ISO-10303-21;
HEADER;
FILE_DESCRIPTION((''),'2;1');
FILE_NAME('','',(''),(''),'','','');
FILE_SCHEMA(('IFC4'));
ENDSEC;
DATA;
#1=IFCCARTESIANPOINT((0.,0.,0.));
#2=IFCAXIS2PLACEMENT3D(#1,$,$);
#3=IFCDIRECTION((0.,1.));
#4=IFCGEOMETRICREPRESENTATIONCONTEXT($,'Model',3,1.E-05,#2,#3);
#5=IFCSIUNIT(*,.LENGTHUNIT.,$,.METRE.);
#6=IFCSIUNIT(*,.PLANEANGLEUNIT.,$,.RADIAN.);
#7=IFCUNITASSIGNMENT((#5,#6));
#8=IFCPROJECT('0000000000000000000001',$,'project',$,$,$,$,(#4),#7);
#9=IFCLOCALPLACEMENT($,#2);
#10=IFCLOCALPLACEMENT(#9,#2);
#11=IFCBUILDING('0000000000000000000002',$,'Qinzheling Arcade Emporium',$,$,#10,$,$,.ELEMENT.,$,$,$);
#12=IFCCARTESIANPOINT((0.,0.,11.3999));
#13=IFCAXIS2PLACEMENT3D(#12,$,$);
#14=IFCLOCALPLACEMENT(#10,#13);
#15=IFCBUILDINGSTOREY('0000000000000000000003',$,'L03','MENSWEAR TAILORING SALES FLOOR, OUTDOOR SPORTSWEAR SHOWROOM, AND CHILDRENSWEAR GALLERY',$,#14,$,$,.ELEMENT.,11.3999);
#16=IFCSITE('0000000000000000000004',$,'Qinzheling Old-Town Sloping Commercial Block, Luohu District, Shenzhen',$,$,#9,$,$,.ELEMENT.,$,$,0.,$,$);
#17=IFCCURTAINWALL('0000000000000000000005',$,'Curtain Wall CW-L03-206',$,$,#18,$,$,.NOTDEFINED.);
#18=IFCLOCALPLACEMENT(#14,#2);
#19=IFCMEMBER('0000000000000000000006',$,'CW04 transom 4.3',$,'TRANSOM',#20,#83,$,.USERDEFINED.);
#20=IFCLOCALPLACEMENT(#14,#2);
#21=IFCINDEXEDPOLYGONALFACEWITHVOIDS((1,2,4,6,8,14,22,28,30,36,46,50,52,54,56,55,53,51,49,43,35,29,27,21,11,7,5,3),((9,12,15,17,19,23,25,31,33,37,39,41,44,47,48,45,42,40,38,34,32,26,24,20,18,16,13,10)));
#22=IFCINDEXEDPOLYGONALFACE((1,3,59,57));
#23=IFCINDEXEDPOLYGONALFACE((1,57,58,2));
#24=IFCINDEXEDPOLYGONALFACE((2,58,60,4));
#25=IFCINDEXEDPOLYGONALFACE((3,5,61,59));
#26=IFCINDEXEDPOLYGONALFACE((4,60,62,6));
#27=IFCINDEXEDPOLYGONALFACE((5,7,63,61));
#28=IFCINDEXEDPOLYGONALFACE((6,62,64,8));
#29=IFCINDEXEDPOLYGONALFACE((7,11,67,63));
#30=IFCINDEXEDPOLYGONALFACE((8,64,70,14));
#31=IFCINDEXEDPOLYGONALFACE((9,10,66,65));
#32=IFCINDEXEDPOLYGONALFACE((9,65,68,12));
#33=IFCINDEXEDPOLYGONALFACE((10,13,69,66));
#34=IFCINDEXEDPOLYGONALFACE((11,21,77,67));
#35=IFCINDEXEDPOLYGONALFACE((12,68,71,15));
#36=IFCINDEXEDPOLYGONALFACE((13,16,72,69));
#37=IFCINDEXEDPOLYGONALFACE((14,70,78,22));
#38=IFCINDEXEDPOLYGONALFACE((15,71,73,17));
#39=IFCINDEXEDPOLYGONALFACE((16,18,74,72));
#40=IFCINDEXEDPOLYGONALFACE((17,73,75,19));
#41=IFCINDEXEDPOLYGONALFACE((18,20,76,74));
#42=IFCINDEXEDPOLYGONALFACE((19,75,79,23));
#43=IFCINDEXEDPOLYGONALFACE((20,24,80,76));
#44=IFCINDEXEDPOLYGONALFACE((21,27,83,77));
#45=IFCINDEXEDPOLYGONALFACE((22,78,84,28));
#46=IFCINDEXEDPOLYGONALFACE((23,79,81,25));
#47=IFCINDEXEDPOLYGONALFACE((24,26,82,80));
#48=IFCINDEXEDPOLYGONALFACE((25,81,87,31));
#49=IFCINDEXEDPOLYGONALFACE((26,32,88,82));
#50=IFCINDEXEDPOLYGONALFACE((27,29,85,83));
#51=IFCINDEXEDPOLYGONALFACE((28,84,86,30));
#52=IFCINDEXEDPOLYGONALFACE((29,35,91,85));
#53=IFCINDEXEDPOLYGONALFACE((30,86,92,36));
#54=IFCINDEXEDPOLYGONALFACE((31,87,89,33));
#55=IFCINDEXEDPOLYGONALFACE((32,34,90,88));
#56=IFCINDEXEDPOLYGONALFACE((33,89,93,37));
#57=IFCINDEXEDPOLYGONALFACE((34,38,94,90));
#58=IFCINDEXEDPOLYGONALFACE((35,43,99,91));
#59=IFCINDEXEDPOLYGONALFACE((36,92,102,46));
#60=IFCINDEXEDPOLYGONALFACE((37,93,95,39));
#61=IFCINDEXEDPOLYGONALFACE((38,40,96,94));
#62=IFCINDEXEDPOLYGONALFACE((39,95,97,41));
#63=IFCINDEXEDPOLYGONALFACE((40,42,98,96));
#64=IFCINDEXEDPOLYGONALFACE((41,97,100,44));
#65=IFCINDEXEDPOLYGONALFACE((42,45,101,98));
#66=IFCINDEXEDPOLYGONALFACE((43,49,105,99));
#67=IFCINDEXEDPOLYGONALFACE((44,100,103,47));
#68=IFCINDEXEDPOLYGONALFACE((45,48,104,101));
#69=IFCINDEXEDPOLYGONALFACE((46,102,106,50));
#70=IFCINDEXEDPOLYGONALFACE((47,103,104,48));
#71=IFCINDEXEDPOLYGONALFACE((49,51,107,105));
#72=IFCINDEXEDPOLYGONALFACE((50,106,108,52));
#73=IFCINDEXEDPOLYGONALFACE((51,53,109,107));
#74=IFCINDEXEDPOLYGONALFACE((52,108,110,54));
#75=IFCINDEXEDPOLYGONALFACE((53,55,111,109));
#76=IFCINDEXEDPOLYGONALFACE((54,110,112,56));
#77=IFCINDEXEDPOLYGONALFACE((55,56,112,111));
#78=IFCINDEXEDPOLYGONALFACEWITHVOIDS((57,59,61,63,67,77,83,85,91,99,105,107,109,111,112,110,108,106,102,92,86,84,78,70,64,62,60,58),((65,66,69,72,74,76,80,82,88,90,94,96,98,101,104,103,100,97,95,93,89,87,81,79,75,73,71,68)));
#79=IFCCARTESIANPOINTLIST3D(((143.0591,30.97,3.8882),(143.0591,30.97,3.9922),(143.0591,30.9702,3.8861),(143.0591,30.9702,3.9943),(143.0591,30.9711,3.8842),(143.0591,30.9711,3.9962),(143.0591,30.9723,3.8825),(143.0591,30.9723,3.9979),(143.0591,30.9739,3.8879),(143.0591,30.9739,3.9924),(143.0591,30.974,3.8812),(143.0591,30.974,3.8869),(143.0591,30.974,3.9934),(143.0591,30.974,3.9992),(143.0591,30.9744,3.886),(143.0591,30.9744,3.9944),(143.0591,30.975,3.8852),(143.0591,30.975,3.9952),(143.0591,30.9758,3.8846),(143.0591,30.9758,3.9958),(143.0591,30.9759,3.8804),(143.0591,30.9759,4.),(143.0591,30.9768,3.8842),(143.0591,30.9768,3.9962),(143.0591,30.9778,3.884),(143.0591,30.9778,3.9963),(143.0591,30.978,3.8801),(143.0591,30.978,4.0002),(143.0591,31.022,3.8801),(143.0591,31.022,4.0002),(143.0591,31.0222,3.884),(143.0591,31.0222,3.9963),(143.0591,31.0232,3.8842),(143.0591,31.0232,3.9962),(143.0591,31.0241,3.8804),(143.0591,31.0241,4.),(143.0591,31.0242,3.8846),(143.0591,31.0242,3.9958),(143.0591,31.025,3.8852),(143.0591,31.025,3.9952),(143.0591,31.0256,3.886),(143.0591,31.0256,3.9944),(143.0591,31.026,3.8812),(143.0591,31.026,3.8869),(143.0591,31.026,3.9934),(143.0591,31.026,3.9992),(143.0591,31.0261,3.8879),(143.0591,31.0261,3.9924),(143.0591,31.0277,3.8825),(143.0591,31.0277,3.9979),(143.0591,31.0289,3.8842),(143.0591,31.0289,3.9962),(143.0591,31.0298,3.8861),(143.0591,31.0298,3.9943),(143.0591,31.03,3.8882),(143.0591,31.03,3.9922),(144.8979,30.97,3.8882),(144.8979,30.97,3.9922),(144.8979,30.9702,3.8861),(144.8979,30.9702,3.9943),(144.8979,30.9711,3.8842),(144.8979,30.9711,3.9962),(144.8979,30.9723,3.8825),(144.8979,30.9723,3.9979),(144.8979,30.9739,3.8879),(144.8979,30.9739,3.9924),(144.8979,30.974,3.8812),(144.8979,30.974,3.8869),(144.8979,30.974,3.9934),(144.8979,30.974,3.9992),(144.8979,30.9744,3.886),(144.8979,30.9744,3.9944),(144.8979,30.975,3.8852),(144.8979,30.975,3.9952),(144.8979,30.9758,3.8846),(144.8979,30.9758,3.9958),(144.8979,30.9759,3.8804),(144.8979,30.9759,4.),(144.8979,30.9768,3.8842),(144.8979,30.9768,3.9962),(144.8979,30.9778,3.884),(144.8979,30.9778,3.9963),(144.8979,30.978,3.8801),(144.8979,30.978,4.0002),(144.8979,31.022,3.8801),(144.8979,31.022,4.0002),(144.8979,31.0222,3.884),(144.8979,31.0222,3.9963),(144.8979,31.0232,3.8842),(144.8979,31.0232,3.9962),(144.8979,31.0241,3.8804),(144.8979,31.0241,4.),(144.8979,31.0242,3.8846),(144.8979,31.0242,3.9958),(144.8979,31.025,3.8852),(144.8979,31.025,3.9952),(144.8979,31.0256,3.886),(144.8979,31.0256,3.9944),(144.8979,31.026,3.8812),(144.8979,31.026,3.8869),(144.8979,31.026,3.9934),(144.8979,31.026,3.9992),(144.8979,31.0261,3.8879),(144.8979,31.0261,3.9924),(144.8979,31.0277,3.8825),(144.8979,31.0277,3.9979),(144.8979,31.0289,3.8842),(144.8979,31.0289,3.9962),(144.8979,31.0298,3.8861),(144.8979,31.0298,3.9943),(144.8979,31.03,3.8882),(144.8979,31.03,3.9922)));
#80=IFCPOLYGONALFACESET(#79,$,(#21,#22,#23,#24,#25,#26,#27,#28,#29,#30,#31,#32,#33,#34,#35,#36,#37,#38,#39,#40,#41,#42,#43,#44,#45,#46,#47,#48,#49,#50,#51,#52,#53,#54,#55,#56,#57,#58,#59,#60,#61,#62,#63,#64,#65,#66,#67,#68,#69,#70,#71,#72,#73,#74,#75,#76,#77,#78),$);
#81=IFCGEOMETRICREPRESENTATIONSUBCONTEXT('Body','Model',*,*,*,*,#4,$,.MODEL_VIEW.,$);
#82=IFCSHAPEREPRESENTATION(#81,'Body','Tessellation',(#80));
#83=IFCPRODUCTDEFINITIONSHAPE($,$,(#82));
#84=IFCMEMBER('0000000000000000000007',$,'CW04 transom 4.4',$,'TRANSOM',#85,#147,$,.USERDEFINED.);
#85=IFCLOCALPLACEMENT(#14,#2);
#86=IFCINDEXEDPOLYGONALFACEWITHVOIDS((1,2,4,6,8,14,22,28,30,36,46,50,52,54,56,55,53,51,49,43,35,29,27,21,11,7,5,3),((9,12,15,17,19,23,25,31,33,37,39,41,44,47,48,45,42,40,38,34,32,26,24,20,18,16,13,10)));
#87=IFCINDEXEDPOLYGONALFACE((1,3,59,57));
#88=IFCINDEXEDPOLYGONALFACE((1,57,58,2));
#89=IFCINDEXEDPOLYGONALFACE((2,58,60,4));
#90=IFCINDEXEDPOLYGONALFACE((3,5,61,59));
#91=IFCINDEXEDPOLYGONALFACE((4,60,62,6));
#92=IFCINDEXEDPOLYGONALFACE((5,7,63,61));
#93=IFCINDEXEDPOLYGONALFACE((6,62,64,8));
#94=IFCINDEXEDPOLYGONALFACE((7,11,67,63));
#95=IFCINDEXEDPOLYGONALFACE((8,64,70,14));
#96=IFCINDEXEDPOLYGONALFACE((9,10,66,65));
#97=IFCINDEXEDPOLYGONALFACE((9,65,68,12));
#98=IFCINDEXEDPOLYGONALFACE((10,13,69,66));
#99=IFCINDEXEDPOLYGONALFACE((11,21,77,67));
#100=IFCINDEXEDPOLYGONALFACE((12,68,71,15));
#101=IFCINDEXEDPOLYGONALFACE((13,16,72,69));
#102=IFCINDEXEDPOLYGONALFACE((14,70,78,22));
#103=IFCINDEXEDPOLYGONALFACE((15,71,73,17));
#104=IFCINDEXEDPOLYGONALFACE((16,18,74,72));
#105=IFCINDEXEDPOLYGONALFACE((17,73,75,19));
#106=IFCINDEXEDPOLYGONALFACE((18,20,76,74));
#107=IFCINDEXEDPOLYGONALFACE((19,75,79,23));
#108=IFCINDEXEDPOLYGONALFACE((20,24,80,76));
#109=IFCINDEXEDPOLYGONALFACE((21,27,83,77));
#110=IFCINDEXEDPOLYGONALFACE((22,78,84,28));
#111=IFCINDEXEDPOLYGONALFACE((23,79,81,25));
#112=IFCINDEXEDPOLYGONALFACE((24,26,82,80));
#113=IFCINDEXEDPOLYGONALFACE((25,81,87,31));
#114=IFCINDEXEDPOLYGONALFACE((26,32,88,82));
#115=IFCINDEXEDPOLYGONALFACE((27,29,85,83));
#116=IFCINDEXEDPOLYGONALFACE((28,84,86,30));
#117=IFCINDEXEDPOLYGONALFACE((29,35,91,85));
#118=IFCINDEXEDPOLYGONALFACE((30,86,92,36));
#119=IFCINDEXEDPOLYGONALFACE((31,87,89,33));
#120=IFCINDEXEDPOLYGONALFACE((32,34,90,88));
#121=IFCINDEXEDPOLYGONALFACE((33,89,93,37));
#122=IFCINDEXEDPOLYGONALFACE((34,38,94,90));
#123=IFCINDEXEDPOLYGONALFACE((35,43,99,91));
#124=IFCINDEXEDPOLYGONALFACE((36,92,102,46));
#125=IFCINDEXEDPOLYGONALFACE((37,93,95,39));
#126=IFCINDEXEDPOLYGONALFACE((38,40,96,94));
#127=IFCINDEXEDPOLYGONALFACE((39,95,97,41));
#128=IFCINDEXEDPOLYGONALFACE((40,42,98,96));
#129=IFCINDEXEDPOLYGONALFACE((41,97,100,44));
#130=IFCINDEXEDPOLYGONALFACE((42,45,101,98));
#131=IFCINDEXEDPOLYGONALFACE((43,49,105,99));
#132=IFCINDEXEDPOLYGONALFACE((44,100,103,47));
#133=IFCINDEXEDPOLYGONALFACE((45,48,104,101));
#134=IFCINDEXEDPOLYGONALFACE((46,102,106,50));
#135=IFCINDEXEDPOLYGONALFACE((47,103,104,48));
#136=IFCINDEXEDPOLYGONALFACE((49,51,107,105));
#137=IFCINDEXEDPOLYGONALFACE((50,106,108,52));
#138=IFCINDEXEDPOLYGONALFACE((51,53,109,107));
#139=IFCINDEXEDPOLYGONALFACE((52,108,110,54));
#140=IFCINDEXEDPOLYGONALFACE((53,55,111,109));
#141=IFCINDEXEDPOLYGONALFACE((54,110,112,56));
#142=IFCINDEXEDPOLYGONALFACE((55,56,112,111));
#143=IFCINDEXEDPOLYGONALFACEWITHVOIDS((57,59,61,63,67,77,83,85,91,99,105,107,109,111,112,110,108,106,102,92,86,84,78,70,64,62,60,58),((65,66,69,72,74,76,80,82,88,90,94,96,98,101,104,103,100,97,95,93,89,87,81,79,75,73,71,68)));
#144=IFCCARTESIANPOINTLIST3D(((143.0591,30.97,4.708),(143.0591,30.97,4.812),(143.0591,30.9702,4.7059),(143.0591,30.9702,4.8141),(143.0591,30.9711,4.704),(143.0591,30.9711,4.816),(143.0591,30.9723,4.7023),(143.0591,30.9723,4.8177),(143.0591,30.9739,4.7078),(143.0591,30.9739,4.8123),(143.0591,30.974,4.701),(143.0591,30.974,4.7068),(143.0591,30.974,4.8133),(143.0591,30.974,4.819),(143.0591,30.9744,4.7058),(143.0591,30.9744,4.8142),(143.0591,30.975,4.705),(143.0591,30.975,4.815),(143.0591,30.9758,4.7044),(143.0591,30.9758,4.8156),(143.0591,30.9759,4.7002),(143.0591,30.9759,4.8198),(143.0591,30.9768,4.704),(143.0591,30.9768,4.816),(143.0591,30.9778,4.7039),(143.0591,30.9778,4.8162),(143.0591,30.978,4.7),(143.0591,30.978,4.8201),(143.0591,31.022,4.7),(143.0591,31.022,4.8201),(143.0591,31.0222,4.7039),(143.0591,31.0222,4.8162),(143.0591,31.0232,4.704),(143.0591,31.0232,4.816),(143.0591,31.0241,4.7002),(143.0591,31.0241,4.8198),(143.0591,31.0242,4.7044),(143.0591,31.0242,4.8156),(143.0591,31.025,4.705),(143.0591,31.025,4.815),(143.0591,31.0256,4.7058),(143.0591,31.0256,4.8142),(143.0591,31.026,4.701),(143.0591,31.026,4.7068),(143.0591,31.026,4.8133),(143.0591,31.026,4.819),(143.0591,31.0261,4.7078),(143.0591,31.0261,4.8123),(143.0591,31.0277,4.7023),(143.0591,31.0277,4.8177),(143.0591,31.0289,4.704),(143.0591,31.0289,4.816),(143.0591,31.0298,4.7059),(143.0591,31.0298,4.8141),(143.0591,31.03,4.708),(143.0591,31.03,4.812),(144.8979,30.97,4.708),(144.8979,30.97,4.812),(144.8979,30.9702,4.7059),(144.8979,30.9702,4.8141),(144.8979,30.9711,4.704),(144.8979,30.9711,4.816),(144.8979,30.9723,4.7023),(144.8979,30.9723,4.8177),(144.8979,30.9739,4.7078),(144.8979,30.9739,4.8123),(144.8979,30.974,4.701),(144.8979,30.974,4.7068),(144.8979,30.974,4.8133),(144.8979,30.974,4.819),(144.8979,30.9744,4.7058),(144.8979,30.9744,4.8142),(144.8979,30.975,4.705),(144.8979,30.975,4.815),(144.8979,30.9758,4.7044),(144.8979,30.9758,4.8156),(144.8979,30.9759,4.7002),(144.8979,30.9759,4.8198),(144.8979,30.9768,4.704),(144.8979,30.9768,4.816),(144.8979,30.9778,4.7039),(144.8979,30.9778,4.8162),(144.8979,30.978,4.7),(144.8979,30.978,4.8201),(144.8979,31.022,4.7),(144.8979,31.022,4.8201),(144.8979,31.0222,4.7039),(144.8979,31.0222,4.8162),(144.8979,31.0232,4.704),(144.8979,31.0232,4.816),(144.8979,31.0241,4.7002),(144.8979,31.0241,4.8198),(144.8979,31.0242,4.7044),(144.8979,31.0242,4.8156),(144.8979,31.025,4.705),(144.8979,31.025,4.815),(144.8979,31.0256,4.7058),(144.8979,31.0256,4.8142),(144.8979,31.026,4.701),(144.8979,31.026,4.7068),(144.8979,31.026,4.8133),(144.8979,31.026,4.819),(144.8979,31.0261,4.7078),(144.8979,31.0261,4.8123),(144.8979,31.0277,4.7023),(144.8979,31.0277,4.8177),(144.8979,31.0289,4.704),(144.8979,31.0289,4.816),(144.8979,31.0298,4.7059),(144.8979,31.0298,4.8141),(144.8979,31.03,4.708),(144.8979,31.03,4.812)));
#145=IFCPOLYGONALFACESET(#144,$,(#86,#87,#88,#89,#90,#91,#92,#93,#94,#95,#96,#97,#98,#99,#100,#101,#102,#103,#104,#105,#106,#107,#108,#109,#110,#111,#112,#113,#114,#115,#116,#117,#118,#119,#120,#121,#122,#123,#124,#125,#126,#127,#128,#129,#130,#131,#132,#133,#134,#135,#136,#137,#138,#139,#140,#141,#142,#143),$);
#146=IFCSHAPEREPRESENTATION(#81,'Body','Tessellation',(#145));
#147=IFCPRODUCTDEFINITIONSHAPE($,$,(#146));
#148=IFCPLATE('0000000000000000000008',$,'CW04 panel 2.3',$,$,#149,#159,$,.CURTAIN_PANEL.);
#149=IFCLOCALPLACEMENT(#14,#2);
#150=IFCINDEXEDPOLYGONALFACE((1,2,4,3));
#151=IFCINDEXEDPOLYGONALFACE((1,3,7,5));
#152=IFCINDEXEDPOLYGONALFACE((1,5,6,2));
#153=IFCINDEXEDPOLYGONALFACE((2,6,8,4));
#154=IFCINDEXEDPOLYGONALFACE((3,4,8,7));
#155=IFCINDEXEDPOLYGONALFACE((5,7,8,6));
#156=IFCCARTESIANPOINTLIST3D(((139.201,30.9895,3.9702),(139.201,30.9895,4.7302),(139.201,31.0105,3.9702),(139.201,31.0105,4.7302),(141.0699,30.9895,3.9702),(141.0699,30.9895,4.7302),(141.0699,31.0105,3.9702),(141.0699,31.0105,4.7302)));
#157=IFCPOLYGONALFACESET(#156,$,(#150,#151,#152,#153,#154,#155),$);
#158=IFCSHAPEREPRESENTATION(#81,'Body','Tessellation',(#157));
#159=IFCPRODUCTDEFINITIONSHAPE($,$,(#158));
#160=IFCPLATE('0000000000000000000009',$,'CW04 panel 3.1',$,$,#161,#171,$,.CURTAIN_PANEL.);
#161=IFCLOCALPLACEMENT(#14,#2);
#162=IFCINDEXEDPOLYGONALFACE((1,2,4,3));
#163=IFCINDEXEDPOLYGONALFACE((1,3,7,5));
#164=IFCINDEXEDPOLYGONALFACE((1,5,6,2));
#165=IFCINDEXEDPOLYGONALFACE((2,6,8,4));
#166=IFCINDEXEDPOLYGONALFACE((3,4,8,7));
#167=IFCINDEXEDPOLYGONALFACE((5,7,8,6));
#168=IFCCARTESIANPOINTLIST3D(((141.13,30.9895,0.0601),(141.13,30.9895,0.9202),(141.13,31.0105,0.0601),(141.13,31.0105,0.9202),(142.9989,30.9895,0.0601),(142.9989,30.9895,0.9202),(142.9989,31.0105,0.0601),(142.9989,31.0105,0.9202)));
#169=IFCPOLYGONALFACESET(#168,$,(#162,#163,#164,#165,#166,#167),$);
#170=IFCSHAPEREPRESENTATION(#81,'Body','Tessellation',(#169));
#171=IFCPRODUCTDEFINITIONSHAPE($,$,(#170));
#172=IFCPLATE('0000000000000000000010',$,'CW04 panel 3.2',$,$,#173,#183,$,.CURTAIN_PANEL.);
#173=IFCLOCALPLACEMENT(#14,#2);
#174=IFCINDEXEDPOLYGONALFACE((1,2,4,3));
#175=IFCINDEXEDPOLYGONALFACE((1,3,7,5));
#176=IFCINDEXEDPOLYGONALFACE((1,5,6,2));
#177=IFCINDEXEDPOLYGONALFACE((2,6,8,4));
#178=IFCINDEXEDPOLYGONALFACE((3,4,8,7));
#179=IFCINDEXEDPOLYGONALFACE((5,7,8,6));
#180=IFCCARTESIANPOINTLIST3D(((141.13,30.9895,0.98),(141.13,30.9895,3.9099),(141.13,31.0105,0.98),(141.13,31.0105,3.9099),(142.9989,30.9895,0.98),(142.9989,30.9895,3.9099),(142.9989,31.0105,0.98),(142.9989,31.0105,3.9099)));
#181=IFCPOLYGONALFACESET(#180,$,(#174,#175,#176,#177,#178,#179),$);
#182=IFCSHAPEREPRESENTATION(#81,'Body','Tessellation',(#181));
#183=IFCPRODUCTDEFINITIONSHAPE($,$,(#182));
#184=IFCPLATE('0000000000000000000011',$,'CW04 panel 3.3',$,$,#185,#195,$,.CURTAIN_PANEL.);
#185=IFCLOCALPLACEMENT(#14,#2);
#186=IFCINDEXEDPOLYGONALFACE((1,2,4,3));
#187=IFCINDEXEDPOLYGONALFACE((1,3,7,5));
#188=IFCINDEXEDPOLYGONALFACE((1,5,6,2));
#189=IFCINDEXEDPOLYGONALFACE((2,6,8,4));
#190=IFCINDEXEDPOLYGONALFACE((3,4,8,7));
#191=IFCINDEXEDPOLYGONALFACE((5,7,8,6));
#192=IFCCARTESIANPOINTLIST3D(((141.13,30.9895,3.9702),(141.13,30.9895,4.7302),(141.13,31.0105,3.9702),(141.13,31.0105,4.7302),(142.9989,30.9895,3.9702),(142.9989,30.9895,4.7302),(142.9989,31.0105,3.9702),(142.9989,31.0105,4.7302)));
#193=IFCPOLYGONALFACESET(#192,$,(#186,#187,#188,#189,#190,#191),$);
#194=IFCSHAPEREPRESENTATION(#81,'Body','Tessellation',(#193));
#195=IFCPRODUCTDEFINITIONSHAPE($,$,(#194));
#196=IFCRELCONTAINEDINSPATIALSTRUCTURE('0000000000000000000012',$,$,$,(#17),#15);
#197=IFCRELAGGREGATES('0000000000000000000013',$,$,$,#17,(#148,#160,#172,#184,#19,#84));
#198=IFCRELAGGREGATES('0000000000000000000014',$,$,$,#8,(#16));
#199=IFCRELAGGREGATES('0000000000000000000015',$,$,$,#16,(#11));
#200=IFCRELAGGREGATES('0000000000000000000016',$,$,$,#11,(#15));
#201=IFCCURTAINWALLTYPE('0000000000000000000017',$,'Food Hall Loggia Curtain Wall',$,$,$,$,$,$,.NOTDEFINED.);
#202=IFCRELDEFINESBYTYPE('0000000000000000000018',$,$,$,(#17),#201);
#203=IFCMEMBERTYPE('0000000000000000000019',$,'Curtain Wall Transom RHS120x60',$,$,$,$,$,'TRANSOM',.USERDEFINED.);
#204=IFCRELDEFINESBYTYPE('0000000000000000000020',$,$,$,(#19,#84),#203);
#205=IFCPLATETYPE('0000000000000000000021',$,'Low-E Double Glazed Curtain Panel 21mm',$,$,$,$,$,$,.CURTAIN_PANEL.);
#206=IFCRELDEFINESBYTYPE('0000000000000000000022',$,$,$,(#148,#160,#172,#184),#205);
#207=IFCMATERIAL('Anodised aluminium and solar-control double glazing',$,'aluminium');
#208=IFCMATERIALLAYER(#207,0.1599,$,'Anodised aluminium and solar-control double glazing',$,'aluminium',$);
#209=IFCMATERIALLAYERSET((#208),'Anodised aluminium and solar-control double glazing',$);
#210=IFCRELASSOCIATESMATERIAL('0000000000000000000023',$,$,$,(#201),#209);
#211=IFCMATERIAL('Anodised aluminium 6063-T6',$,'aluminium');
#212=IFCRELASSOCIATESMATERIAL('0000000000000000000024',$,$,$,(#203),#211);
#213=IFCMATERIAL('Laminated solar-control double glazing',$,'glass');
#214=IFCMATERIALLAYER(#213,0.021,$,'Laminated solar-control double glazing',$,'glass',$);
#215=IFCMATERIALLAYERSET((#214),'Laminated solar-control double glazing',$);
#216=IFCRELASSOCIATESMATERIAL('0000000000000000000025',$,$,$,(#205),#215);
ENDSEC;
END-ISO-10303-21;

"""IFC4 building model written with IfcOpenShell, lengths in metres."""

from ifc_helpers import new_model, si_unit, direction, frame, origin, origin_2d, place, context, subcontext, project, spatial, rectangle, hollow_rectangle, extrude, material, layer, layer_set, material_profile, profile_set, type_object, element, aggregate, save


model = new_model("IFC4")

# Units and contexts
model_context = context("Model", 3, precision=1e-05, world=origin(), true_north=direction((0.0, 1.0)))
body_context = subcontext(model_context, "Body", "Model", "MODEL_VIEW")
ifc_project = project(units=[si_unit("LENGTHUNIT", "METRE"), si_unit("PLANEANGLEUNIT", "RADIAN")], contexts=[model_context])

# Site, building, storey
site_placement = place(None, origin())
site = spatial("IfcSite", under=ifc_project, at=site_placement, Name="Qinzheling Old-Town Sloping Commercial Block, Luohu District, Shenzhen", CompositionType="ELEMENT", RefElevation=0.0)
building_placement = place(site_placement, origin())
building = spatial("IfcBuilding", under=site, at=building_placement, Name="Qinzheling Arcade Emporium", CompositionType="ELEMENT")
storey_placement = place(building_placement, frame((0.0, 0.0, 11.3999)))
storey = spatial("IfcBuildingStorey", under=building, at=storey_placement, Name="L03", Description="MENSWEAR TAILORING SALES FLOOR, OUTDOOR SPORTSWEAR SHOWROOM, AND CHILDRENSWEAR GALLERY", CompositionType="ELEMENT", Elevation=11.3999)

# Curtain wall
ifc_material_1 = material(Name="Anodised aluminium and solar-control double glazing", Category="aluminium")
ifc_layer_1 = layer(ifc_material_1, 0.1599, Name="Anodised aluminium and solar-control double glazing", Category="aluminium")
ifc_layer_set_1 = layer_set([ifc_layer_1], Name="Anodised aluminium and solar-control double glazing")
curtain_wall_type = type_object("IfcCurtainWallType", Name="Food Hall Loggia Curtain Wall", PredefinedType="NOTDEFINED", material=ifc_layer_set_1)
curtain_wall_1_placement = place(storey_placement, origin())
curtain_wall_1 = element("IfcCurtainWall", 1, at=curtain_wall_1_placement, inside=storey, type_object=curtain_wall_type, Name="Curtain Wall CW-L03-206", PredefinedType="NOTDEFINED")
ifc_material_2 = material(Name="Anodised aluminium 6063-T6", Category="aluminium")

# Members
ifc_material_profile_1 = material_profile(ifc_material_2, hollow_rectangle(XDim=0.0601, YDim=0.1201, WallThickness=0.0039, InnerFilletRadius=0.0039, OuterFilletRadius=0.0081, at=origin_2d()), Name="RHS 120x60x4", Category="aluminium")
ifc_profile_set_1 = profile_set([ifc_material_profile_1], Name="Anodised aluminium 6063-T6")
member_type_1 = type_object("IfcMemberType", Name="Curtain Wall Transom RHS120x60", ElementType="TRANSOM", PredefinedType="USERDEFINED", material=ifc_profile_set_1)
member_1_placement = place(storey_placement, frame((143.0591, 31.0, 3.9402), z_axis=(1.0, 0.0, 0.0), x_axis=(0.0, 1.0, 0.0)))
member_1 = element("IfcMember", 2, at=member_1_placement, type_object=member_type_1, Name="CW04 transom 4.3", ObjectType="TRANSOM", PredefinedType="USERDEFINED", context=body_context, shape_type="SweptSolid", body=[
    extrude(hollow_rectangle(XDim=0.0601, YDim=0.1201, WallThickness=0.0039, InnerFilletRadius=0.0039, OuterFilletRadius=0.0081, at=origin_2d()), origin(), (0.0, 0.0, 1.0), 1.8389),
])
member_2_placement = place(storey_placement, frame((143.0591, 31.0, 4.76), z_axis=(1.0, 0.0, 0.0), x_axis=(0.0, 1.0, 0.0)))
member_2 = element("IfcMember", 3, at=member_2_placement, type_object=member_type_1, Name="CW04 transom 4.4", ObjectType="TRANSOM", PredefinedType="USERDEFINED", context=body_context, shape_type="SweptSolid", body=[
    extrude(hollow_rectangle(XDim=0.0601, YDim=0.1201, WallThickness=0.0039, InnerFilletRadius=0.0039, OuterFilletRadius=0.0081, at=origin_2d()), origin(), (0.0, 0.0, 1.0), 1.8389),
])

# Plates
ifc_material_3 = material(Name="Laminated solar-control double glazing", Category="glass")
ifc_layer_2 = layer(ifc_material_3, 0.021, Name="Laminated solar-control double glazing", Category="glass")
ifc_layer_set_2 = layer_set([ifc_layer_2], Name="Laminated solar-control double glazing")
plate_type = type_object("IfcPlateType", Name="Low-E Double Glazed Curtain Panel 21mm", PredefinedType="CURTAIN_PANEL", material=ifc_layer_set_2)
plate_1_placement = place(storey_placement, frame((140.1355, 31.0, 3.9702), z_axis=(0.0, 0.0, 1.0), x_axis=(1.0, 0.0, 0.0)))
plate_1 = element("IfcPlate", 4, at=plate_1_placement, type_object=plate_type, Name="CW04 panel 2.3", PredefinedType="CURTAIN_PANEL", context=body_context, shape_type="SweptSolid", body=[
    extrude(rectangle(XDim=1.8689, YDim=0.021, at=origin_2d()), origin(), (0.0, 0.0, 1.0), 0.76),
])
plate_2_placement = place(storey_placement, frame((142.0645, 31.0, 0.0601), z_axis=(0.0, 0.0, 1.0), x_axis=(1.0, 0.0, 0.0)))
plate_2 = element("IfcPlate", 5, at=plate_2_placement, type_object=plate_type, Name="CW04 panel 3.1", PredefinedType="CURTAIN_PANEL", context=body_context, shape_type="SweptSolid", body=[
    extrude(rectangle(XDim=1.8689, YDim=0.021, at=origin_2d()), origin(), (0.0, 0.0, 1.0), 0.8601),
])
plate_3_placement = place(storey_placement, frame((142.0645, 31.0, 0.98), z_axis=(0.0, 0.0, 1.0), x_axis=(1.0, 0.0, 0.0)))
plate_3 = element("IfcPlate", 6, at=plate_3_placement, type_object=plate_type, Name="CW04 panel 3.2", PredefinedType="CURTAIN_PANEL", context=body_context, shape_type="SweptSolid", body=[
    extrude(rectangle(XDim=1.8689, YDim=0.021, at=origin_2d()), origin(), (0.0, 0.0, 1.0), 2.9299),
])
plate_4_placement = place(storey_placement, frame((142.0645, 31.0, 3.9702), z_axis=(0.0, 0.0, 1.0), x_axis=(1.0, 0.0, 0.0)))
plate_4 = element("IfcPlate", 7, at=plate_4_placement, type_object=plate_type, Name="CW04 panel 3.3", PredefinedType="CURTAIN_PANEL", context=body_context, shape_type="SweptSolid", body=[
    extrude(rectangle(XDim=1.8689, YDim=0.021, at=origin_2d()), origin(), (0.0, 0.0, 1.0), 0.76),
])
aggregate(curtain_wall_1, [plate_1, plate_2, plate_3, plate_4, member_1, member_2])

save(model, "model.ifc")
